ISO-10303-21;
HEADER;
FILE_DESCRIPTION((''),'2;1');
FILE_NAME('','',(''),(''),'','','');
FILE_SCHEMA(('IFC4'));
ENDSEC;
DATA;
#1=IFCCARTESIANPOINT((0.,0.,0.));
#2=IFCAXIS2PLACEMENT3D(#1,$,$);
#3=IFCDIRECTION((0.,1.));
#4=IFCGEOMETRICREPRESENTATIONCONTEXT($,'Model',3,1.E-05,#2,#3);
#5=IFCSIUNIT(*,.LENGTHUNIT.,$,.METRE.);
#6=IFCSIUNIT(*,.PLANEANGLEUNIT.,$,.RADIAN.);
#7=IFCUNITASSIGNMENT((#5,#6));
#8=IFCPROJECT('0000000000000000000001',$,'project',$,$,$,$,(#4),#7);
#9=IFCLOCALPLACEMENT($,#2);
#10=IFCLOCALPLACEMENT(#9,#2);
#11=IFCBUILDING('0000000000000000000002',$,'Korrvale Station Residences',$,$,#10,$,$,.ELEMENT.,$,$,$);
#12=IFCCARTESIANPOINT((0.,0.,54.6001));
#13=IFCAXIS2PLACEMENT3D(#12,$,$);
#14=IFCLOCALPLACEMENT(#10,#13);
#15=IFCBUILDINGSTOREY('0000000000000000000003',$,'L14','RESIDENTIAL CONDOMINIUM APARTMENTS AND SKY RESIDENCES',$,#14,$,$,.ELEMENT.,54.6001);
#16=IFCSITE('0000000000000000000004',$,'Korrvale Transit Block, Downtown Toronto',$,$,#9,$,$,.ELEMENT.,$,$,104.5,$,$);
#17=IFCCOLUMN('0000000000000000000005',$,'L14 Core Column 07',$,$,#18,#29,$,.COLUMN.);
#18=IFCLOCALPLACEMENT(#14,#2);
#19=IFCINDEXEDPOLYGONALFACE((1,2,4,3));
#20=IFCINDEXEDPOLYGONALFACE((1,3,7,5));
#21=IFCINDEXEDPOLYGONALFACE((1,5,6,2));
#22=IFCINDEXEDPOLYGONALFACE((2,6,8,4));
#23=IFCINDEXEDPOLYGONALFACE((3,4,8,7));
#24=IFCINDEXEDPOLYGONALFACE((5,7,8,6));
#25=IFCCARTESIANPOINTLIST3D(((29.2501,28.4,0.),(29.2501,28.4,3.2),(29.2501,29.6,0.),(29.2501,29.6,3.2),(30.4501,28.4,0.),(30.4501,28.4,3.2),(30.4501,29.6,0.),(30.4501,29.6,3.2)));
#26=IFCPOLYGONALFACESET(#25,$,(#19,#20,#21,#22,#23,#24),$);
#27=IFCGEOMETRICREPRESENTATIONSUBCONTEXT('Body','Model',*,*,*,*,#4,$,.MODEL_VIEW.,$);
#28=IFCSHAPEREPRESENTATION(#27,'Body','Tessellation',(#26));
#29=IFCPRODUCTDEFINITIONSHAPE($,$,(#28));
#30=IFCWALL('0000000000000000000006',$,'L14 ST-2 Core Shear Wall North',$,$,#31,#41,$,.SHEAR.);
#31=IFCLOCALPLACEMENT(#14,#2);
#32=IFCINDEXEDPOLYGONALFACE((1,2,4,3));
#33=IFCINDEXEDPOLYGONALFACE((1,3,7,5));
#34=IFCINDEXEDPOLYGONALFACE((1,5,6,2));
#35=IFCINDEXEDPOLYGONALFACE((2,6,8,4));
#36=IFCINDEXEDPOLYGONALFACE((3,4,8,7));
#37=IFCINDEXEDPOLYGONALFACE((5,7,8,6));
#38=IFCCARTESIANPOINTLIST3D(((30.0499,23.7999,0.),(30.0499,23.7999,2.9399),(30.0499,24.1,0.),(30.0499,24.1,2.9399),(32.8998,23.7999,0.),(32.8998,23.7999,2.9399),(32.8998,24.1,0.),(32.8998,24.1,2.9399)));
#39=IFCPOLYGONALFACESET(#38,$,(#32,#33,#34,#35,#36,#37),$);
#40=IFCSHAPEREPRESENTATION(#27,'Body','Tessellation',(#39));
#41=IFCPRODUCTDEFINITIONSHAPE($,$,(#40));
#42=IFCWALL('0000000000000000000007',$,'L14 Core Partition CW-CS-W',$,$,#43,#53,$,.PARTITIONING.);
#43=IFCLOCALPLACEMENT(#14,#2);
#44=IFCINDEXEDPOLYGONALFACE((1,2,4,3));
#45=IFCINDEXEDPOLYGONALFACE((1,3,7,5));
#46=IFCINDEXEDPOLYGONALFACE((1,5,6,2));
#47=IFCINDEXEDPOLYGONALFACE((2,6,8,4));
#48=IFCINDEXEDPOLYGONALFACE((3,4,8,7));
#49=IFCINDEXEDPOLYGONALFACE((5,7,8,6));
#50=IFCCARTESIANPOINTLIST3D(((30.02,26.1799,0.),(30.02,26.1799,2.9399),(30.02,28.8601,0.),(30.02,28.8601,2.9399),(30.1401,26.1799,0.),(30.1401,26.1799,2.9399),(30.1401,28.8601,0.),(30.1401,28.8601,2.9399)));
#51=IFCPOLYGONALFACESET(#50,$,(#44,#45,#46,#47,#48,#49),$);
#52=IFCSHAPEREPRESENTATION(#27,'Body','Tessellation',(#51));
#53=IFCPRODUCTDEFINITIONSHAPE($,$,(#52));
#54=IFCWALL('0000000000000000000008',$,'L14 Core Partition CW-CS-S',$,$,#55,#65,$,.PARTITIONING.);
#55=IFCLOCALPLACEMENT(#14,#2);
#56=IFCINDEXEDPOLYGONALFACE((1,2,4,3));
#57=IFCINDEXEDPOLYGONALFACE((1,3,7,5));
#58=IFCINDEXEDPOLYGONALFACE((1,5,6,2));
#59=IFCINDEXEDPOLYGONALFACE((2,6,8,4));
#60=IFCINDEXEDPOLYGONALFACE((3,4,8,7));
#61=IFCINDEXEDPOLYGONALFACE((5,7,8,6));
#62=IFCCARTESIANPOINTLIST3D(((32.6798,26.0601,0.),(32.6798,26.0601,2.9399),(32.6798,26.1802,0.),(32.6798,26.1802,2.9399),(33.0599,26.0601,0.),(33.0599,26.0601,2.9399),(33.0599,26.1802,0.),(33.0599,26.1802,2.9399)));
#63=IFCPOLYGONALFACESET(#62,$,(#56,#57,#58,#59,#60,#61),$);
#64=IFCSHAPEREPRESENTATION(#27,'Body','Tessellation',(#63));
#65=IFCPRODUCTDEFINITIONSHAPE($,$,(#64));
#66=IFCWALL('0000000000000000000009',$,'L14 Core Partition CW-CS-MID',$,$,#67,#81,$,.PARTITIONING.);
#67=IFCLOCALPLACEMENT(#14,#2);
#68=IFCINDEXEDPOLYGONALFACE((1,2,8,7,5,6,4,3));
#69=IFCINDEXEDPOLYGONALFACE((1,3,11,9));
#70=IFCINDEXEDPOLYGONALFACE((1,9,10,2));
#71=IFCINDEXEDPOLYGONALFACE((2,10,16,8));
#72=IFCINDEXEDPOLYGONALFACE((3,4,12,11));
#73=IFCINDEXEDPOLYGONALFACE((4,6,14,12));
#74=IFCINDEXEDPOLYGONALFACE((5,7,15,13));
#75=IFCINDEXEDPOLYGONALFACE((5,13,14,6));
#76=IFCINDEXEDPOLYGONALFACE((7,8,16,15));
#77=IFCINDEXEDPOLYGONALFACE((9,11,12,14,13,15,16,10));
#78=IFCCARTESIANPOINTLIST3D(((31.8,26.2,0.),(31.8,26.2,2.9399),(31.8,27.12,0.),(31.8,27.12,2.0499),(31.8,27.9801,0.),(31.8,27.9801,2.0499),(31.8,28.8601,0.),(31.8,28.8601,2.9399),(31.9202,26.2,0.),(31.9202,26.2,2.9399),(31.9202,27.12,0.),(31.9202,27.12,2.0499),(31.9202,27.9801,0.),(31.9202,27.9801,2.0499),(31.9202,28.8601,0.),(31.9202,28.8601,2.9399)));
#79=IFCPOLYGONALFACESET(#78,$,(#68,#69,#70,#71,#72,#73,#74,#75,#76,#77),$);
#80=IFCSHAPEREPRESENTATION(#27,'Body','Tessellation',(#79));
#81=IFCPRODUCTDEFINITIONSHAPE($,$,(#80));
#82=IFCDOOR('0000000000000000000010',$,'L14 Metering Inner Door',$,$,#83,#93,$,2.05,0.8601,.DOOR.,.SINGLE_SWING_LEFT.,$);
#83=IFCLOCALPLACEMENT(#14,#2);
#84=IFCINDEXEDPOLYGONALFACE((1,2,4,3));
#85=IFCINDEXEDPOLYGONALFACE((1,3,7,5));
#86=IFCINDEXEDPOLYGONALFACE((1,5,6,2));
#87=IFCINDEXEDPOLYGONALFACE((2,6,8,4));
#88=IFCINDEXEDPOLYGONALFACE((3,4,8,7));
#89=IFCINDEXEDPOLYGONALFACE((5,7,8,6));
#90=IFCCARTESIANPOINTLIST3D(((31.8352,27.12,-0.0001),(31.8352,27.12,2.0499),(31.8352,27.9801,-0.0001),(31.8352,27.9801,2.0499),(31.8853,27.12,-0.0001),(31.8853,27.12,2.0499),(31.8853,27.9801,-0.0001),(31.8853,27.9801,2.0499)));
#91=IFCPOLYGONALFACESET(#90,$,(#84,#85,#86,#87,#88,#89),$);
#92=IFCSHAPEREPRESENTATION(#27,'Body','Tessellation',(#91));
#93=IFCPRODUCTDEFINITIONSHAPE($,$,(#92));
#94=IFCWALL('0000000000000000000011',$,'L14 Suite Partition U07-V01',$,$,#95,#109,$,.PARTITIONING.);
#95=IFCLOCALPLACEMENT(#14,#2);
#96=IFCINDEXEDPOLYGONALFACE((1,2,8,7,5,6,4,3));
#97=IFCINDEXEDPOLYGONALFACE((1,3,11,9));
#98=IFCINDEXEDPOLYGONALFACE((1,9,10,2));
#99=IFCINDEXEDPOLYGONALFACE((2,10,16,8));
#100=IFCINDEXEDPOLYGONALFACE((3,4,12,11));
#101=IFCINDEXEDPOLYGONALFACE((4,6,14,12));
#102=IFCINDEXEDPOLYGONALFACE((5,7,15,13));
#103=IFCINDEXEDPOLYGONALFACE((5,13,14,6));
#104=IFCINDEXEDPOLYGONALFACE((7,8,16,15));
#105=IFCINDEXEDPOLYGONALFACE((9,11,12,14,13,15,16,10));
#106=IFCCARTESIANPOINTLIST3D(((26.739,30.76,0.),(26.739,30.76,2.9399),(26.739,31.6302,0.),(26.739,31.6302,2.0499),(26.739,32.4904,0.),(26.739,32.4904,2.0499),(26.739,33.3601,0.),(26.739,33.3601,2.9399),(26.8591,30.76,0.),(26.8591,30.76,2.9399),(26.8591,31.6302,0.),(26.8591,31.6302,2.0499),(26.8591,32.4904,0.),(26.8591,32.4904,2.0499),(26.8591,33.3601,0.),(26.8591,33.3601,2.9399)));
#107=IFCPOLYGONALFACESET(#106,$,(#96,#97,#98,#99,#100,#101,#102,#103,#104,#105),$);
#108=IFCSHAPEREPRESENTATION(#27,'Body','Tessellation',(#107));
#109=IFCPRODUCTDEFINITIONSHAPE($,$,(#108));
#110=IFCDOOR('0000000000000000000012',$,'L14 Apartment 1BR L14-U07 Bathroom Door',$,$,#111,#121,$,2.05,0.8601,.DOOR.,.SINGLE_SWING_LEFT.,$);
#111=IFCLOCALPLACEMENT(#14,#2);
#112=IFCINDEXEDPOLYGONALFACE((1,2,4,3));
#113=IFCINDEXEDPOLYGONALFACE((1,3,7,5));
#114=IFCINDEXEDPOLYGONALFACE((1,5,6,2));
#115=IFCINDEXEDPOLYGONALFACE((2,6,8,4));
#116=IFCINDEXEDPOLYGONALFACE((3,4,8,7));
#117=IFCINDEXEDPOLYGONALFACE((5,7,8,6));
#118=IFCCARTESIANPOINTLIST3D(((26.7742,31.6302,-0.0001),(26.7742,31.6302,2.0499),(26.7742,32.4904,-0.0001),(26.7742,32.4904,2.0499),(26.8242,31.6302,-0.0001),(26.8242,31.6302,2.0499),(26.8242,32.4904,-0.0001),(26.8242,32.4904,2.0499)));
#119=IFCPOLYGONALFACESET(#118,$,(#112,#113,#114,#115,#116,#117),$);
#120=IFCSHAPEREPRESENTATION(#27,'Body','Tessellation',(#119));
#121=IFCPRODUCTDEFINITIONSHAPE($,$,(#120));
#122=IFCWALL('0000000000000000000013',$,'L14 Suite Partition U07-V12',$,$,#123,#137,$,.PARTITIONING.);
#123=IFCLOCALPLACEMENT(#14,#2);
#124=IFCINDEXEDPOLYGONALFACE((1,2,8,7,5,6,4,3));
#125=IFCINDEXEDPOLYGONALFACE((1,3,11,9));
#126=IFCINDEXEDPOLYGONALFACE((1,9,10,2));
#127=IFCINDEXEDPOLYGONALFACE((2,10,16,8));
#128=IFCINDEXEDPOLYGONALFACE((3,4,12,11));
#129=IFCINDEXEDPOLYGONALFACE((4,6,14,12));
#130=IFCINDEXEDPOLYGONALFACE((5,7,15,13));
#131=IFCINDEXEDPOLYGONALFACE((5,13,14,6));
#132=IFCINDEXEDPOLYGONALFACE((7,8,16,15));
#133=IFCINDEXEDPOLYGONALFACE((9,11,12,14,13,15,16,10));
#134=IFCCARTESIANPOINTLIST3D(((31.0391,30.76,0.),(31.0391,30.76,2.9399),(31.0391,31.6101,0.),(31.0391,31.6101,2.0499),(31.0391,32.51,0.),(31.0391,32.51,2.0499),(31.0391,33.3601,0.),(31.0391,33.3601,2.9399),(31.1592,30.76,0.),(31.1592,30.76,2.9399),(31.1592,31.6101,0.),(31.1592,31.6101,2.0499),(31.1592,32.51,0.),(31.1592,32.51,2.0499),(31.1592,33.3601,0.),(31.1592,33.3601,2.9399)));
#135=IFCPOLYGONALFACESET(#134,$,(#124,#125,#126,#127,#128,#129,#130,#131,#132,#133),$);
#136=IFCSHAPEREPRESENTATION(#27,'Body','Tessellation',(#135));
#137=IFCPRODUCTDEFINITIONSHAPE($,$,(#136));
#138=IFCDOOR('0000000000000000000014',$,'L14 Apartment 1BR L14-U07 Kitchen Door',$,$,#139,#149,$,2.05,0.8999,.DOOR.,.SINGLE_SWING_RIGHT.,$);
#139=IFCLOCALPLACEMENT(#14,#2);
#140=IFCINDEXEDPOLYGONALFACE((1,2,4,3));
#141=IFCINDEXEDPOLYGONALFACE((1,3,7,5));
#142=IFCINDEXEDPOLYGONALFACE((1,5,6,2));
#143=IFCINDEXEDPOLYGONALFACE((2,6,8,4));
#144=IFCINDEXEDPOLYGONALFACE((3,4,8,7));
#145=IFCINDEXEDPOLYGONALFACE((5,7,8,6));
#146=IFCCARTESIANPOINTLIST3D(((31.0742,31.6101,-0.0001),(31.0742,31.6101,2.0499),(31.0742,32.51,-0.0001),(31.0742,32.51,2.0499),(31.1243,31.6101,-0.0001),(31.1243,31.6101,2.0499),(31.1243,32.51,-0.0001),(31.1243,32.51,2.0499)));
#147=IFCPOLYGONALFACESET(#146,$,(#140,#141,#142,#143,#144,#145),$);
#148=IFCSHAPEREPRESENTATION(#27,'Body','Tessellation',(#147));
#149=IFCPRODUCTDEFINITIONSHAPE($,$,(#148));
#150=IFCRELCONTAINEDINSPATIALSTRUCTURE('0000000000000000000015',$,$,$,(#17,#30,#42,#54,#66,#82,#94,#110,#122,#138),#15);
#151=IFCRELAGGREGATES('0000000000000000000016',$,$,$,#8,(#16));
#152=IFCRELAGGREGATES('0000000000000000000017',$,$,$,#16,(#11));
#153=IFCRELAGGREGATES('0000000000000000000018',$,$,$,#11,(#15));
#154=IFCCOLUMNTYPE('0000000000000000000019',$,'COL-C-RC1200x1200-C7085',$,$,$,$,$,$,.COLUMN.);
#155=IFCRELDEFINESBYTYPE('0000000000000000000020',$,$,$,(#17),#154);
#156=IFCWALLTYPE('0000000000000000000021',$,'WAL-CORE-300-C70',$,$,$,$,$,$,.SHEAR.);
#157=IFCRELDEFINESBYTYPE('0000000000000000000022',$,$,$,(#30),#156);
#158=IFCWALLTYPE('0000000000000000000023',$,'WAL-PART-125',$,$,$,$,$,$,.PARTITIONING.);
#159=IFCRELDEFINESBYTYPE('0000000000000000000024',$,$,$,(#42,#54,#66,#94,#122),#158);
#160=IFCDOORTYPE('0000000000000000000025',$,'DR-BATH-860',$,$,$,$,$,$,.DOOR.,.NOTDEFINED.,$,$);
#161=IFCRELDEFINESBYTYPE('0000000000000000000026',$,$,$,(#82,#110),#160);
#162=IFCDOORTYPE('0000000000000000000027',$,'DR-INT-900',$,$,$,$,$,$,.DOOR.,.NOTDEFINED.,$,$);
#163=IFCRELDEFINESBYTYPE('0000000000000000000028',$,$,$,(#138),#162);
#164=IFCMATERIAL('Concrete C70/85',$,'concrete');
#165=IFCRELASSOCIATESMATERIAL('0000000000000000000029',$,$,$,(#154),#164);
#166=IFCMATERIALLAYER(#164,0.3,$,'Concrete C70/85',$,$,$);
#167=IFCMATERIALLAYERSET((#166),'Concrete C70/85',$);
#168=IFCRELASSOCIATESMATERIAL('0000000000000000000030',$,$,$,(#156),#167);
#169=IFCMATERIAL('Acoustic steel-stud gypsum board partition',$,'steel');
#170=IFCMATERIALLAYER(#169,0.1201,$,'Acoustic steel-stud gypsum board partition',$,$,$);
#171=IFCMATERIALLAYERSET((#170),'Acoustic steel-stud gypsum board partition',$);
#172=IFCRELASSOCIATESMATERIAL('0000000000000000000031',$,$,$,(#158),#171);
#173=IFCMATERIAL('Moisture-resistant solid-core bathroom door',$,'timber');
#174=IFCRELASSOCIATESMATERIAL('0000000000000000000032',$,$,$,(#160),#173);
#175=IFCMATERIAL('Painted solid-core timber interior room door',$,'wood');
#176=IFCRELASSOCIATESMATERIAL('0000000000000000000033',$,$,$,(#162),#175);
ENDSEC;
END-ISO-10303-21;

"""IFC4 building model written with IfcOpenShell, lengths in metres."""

from ifc_helpers import new_model, si_unit, direction, frame, frame_2d, origin, origin_2d, place, context, subcontext, project, spatial, rectangle, extrude, material, layer, layer_set, material_profile, profile_set, type_object, element, fill, save


model = new_model("IFC4")

# Units and contexts
model_context = context("Model", 3, precision=1e-05, world=origin(), true_north=direction((0.0, 1.0)))
body_context = subcontext(model_context, "Body", "Model", "MODEL_VIEW")
ifc_project = project(units=[si_unit("LENGTHUNIT", "METRE"), si_unit("PLANEANGLEUNIT", "RADIAN")], contexts=[model_context])

# Site, building, storey
site_placement = place(None, origin())
site = spatial("IfcSite", under=ifc_project, at=site_placement, Name="Korrvale Transit Block, Downtown Toronto", CompositionType="ELEMENT", RefElevation=104.5)
building_placement = place(site_placement, origin())
building = spatial("IfcBuilding", under=site, at=building_placement, Name="Korrvale Station Residences", CompositionType="ELEMENT")
storey_placement = place(building_placement, frame((0.0, 0.0, 54.6001)))
storey = spatial("IfcBuildingStorey", under=building, at=storey_placement, Name="L14", Description="RESIDENTIAL CONDOMINIUM APARTMENTS AND SKY RESIDENCES", CompositionType="ELEMENT", Elevation=54.6001)

# Column
ifc_material_1 = material(Name="Concrete C70/85", Category="concrete")
ifc_material_profile = material_profile(ifc_material_1, rectangle(XDim=1.2, YDim=1.2, at=origin_2d()), Name="RC1200x1200")
ifc_profile_set = profile_set([ifc_material_profile], Name="Concrete C70/85")
column_type = type_object("IfcColumnType", Name="COL-C-RC1200x1200-C7085", PredefinedType="COLUMN", material=ifc_profile_set)
column_placement = place(storey_placement, frame((29.8501, 29.0, 0.0), z_axis=(0.0, 0.0, 1.0), x_axis=(1.0, 0.0, 0.0)))
element("IfcColumn", 1, at=column_placement, inside=storey, type_object=column_type, Name="L14 Core Column 07", PredefinedType="COLUMN", context=body_context, shape_type="SweptSolid", body=[
    extrude(rectangle(XDim=1.2, YDim=1.2, at=origin_2d()), origin(), (0.0, 0.0, 1.0), 3.2),
])

# Walls
ifc_layer_1 = layer(ifc_material_1, 0.3, Name="Concrete C70/85")
ifc_layer_set_1 = layer_set([ifc_layer_1], Name="Concrete C70/85")
wall_type_1 = type_object("IfcWallType", Name="WAL-CORE-300-C70", PredefinedType="SHEAR", material=ifc_layer_set_1)
wall_1_placement = place(storey_placement, frame((30.05, 23.95, 0.0), z_axis=(0.0, 0.0, 1.0), x_axis=(1.0, 0.0, 0.0)))
element("IfcWall", 2, at=wall_1_placement, inside=storey, type_object=wall_type_1, Name="L14 ST-2 Core Shear Wall North", PredefinedType="SHEAR", context=body_context, shape_type="SweptSolid", body=[
    extrude(rectangle(XDim=2.8499, YDim=0.3, at=frame_2d((1.4248, 0.0))), origin(), (0.0, 0.0, 1.0), 2.9399),
])
ifc_material_2 = material(Name="Acoustic steel-stud gypsum board partition", Category="steel")
ifc_layer_2 = layer(ifc_material_2, 0.1201, Name="Acoustic steel-stud gypsum board partition")
ifc_layer_set_2 = layer_set([ifc_layer_2], Name="Acoustic steel-stud gypsum board partition")
wall_type_2 = type_object("IfcWallType", Name="WAL-PART-125", PredefinedType="PARTITIONING", material=ifc_layer_set_2)
wall_2_placement = place(storey_placement, frame((30.0801, 26.1799, 0.0), z_axis=(0.0, 0.0, 1.0), x_axis=(0.0, 1.0, 0.0)))
element("IfcWall", 3, at=wall_2_placement, inside=storey, type_object=wall_type_2, Name="L14 Core Partition CW-CS-W", PredefinedType="PARTITIONING", context=body_context, shape_type="SweptSolid", body=[
    extrude(rectangle(XDim=2.6802, YDim=0.1201, at=frame_2d((1.3401, 0.0))), origin(), (0.0, 0.0, 1.0), 2.9399),
])
wall_3_placement = place(storey_placement, frame((32.6799, 26.1201, 0.0), z_axis=(0.0, 0.0, 1.0), x_axis=(1.0, 0.0, 0.0)))
element("IfcWall", 4, at=wall_3_placement, inside=storey, type_object=wall_type_2, Name="L14 Core Partition CW-CS-S", PredefinedType="PARTITIONING", context=body_context, shape_type="SweptSolid", body=[
    extrude(rectangle(XDim=0.3801, YDim=0.1201, at=frame_2d((0.1899, 0.0))), origin(), (0.0, 0.0, 1.0), 2.9399),
])

# Walls, openings, doors
wall_4_placement = place(storey_placement, frame((31.8601, 26.2, 0.0), z_axis=(0.0, 0.0, 1.0), x_axis=(0.0, 1.0, 0.0)))
wall_4 = element("IfcWall", 5, at=wall_4_placement, inside=storey, type_object=wall_type_2, Name="L14 Core Partition CW-CS-MID", PredefinedType="PARTITIONING", context=body_context, shape_type="SweptSolid", body=[
    extrude(rectangle(XDim=2.6602, YDim=0.1201, at=frame_2d((1.3301, 0.0))), origin(), (0.0, 0.0, 1.0), 2.9399),
])
opening_1_placement = place(wall_4_placement, frame((0.9199, 0.0, 0.0)))
opening_1 = element("IfcOpeningElement", 6, at=opening_1_placement, cuts=wall_4, PredefinedType="OPENING", context=body_context, shape_type="SweptSolid", body=[
    extrude(rectangle(XDim=0.8601, YDim=2.05, at=frame_2d((0.4302, 1.0249))), frame((0.0, 0.0701, 0.0), z_axis=(0.0, -1.0, 0.0), x_axis=(1.0, 0.0, 0.0)), (0.0, 0.0, 1.0), 0.1401),
])
ifc_material_3 = material(Name="Moisture-resistant solid-core bathroom door", Category="timber")
door_type_1 = type_object("IfcDoorType", Name="DR-BATH-860", OperationType="NOTDEFINED", PredefinedType="DOOR", material=ifc_material_3)
door_1_placement = place(opening_1_placement, origin())
door_1 = element("IfcDoor", 7, at=door_1_placement, inside=storey, type_object=door_type_1, Name="L14 Metering Inner Door", OperationType="SINGLE_SWING_LEFT", OverallHeight=2.05, OverallWidth=0.8601, PredefinedType="DOOR", context=body_context, shape_type="SweptSolid", body=[
    extrude(rectangle(XDim=0.8601, YDim=2.05, at=frame_2d((0.4302, 1.0249))), frame((0.0, 0.0249, 0.0), z_axis=(0.0, -1.0, 0.0), x_axis=(1.0, 0.0, 0.0)), (0.0, 0.0, 1.0), 0.05),
])
fill(opening_1, door_1)
wall_5_placement = place(storey_placement, frame((26.7991, 30.76, 0.0), z_axis=(0.0, 0.0, 1.0), x_axis=(0.0, 1.0, 0.0)))
wall_5 = element("IfcWall", 8, at=wall_5_placement, inside=storey, type_object=wall_type_2, Name="L14 Suite Partition U07-V01", PredefinedType="PARTITIONING", context=body_context, shape_type="SweptSolid", body=[
    extrude(rectangle(XDim=2.6001, YDim=0.1201, at=frame_2d((1.3, 0.0))), origin(), (0.0, 0.0, 1.0), 2.9399),
])
opening_2_placement = place(wall_5_placement, frame((0.8701, 0.0, 0.0)))
opening_2 = element("IfcOpeningElement", 9, at=opening_2_placement, cuts=wall_5, PredefinedType="OPENING", context=body_context, shape_type="SweptSolid", body=[
    extrude(rectangle(XDim=0.8601, YDim=2.05, at=frame_2d((0.4302, 1.0249))), frame((0.0, 0.0701, 0.0), z_axis=(0.0, -1.0, 0.0), x_axis=(1.0, 0.0, 0.0)), (0.0, 0.0, 1.0), 0.1401),
])
door_2_placement = place(opening_2_placement, origin())
door_2 = element("IfcDoor", 10, at=door_2_placement, inside=storey, type_object=door_type_1, Name="L14 Apartment 1BR L14-U07 Bathroom Door", OperationType="SINGLE_SWING_LEFT", OverallHeight=2.05, OverallWidth=0.8601, PredefinedType="DOOR", context=body_context, shape_type="SweptSolid", body=[
    extrude(rectangle(XDim=0.8601, YDim=2.05, at=frame_2d((0.4302, 1.0249))), frame((0.0, 0.0249, 0.0), z_axis=(0.0, -1.0, 0.0), x_axis=(1.0, 0.0, 0.0)), (0.0, 0.0, 1.0), 0.05),
])
fill(opening_2, door_2)
wall_6_placement = place(storey_placement, frame((31.0991, 30.76, 0.0), z_axis=(0.0, 0.0, 1.0), x_axis=(0.0, 1.0, 0.0)))
wall_6 = element("IfcWall", 11, at=wall_6_placement, inside=storey, type_object=wall_type_2, Name="L14 Suite Partition U07-V12", PredefinedType="PARTITIONING", context=body_context, shape_type="SweptSolid", body=[
    extrude(rectangle(XDim=2.6001, YDim=0.1201, at=frame_2d((1.3, 0.0))), origin(), (0.0, 0.0, 1.0), 2.9399),
])
opening_3_placement = place(wall_6_placement, frame((0.8501, 0.0, 0.0)))
opening_3 = element("IfcOpeningElement", 12, at=opening_3_placement, cuts=wall_6, PredefinedType="OPENING", context=body_context, shape_type="SweptSolid", body=[
    extrude(rectangle(XDim=0.8999, YDim=2.05, at=frame_2d((0.45, 1.0249))), frame((0.0, 0.0701, 0.0), z_axis=(0.0, -1.0, 0.0), x_axis=(1.0, 0.0, 0.0)), (0.0, 0.0, 1.0), 0.1401),
])
ifc_material_4 = material(Name="Painted solid-core timber interior room door", Category="wood")
door_type_2 = type_object("IfcDoorType", Name="DR-INT-900", OperationType="NOTDEFINED", PredefinedType="DOOR", material=ifc_material_4)
door_3_placement = place(opening_3_placement, origin())
door_3 = element("IfcDoor", 13, at=door_3_placement, inside=storey, type_object=door_type_2, Name="L14 Apartment 1BR L14-U07 Kitchen Door", OperationType="SINGLE_SWING_RIGHT", OverallHeight=2.05, OverallWidth=0.8999, PredefinedType="DOOR", context=body_context, shape_type="SweptSolid", body=[
    extrude(rectangle(XDim=0.8999, YDim=2.05, at=frame_2d((0.45, 1.0249))), frame((0.0, 0.0249, 0.0), z_axis=(0.0, -1.0, 0.0), x_axis=(1.0, 0.0, 0.0)), (0.0, 0.0, 1.0), 0.05),
])
fill(opening_3, door_3)

save(model, "model.ifc")
